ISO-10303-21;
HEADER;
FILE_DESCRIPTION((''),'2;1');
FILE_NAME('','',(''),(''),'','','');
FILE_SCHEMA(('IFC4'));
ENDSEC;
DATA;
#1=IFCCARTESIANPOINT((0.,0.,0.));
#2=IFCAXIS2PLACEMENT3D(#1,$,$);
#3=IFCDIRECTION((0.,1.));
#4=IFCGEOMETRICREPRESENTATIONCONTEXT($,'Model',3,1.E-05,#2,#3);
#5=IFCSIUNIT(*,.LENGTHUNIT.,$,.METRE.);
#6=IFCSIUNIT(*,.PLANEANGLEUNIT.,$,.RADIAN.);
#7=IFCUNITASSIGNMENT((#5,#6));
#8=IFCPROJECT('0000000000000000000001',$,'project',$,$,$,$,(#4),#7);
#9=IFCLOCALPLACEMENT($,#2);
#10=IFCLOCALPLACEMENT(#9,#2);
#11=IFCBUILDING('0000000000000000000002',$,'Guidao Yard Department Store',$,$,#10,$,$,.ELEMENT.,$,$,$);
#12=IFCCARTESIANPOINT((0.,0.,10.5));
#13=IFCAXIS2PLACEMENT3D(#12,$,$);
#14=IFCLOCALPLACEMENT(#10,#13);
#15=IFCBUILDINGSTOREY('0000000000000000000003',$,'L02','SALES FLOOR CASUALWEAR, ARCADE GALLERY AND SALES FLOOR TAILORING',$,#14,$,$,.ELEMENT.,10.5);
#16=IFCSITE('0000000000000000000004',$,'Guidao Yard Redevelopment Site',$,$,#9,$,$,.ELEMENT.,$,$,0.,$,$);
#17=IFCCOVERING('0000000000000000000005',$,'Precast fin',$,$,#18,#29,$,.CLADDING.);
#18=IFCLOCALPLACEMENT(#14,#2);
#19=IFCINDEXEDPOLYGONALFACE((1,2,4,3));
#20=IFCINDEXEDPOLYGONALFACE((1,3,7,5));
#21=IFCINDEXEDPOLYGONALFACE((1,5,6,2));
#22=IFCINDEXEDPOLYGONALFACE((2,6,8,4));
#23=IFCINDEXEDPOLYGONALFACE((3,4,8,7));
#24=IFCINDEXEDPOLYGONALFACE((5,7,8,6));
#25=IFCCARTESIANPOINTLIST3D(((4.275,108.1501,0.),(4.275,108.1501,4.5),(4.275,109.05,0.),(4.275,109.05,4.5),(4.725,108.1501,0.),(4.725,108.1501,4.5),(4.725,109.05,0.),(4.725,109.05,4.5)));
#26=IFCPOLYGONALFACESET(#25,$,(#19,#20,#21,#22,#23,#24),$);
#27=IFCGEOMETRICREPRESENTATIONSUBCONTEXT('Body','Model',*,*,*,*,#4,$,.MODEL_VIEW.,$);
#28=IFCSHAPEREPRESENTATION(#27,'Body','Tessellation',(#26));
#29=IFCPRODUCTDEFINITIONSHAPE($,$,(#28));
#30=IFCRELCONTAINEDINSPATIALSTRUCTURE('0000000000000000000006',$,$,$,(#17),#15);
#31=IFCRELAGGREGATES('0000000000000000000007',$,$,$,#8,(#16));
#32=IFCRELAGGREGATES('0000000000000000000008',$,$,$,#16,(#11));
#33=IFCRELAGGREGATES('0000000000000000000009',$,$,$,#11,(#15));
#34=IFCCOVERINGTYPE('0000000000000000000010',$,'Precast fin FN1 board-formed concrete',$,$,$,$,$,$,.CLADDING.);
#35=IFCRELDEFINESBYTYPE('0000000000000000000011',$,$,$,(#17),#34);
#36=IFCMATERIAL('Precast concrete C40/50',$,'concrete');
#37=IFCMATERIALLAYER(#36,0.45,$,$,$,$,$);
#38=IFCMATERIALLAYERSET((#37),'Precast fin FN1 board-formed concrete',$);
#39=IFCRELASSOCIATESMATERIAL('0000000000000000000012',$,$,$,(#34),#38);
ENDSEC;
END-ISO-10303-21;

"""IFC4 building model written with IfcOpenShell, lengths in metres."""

from ifc_helpers import new_model, si_unit, direction, frame, origin, origin_2d, place, context, subcontext, project, spatial, rectangle, extrude, material, layer, layer_set, type_object, element, save


model = new_model("IFC4")

# Units and contexts
model_context = context("Model", 3, precision=1e-05, world=origin(), true_north=direction((0.0, 1.0)))
body_context = subcontext(model_context, "Body", "Model", "MODEL_VIEW")
ifc_project = project(units=[si_unit("LENGTHUNIT", "METRE"), si_unit("PLANEANGLEUNIT", "RADIAN")], contexts=[model_context])

# Site, building, storey
site_placement = place(None, origin())
site = spatial("IfcSite", under=ifc_project, at=site_placement, Name="Guidao Yard Redevelopment Site", CompositionType="ELEMENT", RefElevation=0.0)
building_placement = place(site_placement, origin())
building = spatial("IfcBuilding", under=site, at=building_placement, Name="Guidao Yard Department Store", CompositionType="ELEMENT")
storey_placement = place(building_placement, frame((0.0, 0.0, 10.5)))
storey = spatial("IfcBuildingStorey", under=building, at=storey_placement, Name="L02", Description="SALES FLOOR CASUALWEAR, ARCADE GALLERY AND SALES FLOOR TAILORING", CompositionType="ELEMENT", Elevation=10.5)

# Covering
ifc_material_1 = material(Name="Precast concrete C40/50", Category="concrete")
ifc_layer_1 = layer(ifc_material_1, 0.45)
ifc_layer_set_1 = layer_set([ifc_layer_1], Name="Precast fin FN1 board-formed concrete")
covering_type = type_object("IfcCoveringType", Name="Precast fin FN1 board-formed concrete", PredefinedType="CLADDING", material=ifc_layer_set_1)
covering_1_placement = place(storey_placement, frame((4.5, 108.6001, 0.0), z_axis=(0.0, 0.0, 1.0), x_axis=(1.0, 0.0, 0.0)))
element("IfcCovering", 1, at=covering_1_placement, inside=storey, type_object=covering_type, Name="Precast fin", PredefinedType="CLADDING", context=body_context, shape_type="SweptSolid", body=[
    extrude(rectangle(XDim=0.45, YDim=0.8999, at=origin_2d()), origin(), (0.0, 0.0, 1.0), 4.5),
])

save(model, "model.ifc")
